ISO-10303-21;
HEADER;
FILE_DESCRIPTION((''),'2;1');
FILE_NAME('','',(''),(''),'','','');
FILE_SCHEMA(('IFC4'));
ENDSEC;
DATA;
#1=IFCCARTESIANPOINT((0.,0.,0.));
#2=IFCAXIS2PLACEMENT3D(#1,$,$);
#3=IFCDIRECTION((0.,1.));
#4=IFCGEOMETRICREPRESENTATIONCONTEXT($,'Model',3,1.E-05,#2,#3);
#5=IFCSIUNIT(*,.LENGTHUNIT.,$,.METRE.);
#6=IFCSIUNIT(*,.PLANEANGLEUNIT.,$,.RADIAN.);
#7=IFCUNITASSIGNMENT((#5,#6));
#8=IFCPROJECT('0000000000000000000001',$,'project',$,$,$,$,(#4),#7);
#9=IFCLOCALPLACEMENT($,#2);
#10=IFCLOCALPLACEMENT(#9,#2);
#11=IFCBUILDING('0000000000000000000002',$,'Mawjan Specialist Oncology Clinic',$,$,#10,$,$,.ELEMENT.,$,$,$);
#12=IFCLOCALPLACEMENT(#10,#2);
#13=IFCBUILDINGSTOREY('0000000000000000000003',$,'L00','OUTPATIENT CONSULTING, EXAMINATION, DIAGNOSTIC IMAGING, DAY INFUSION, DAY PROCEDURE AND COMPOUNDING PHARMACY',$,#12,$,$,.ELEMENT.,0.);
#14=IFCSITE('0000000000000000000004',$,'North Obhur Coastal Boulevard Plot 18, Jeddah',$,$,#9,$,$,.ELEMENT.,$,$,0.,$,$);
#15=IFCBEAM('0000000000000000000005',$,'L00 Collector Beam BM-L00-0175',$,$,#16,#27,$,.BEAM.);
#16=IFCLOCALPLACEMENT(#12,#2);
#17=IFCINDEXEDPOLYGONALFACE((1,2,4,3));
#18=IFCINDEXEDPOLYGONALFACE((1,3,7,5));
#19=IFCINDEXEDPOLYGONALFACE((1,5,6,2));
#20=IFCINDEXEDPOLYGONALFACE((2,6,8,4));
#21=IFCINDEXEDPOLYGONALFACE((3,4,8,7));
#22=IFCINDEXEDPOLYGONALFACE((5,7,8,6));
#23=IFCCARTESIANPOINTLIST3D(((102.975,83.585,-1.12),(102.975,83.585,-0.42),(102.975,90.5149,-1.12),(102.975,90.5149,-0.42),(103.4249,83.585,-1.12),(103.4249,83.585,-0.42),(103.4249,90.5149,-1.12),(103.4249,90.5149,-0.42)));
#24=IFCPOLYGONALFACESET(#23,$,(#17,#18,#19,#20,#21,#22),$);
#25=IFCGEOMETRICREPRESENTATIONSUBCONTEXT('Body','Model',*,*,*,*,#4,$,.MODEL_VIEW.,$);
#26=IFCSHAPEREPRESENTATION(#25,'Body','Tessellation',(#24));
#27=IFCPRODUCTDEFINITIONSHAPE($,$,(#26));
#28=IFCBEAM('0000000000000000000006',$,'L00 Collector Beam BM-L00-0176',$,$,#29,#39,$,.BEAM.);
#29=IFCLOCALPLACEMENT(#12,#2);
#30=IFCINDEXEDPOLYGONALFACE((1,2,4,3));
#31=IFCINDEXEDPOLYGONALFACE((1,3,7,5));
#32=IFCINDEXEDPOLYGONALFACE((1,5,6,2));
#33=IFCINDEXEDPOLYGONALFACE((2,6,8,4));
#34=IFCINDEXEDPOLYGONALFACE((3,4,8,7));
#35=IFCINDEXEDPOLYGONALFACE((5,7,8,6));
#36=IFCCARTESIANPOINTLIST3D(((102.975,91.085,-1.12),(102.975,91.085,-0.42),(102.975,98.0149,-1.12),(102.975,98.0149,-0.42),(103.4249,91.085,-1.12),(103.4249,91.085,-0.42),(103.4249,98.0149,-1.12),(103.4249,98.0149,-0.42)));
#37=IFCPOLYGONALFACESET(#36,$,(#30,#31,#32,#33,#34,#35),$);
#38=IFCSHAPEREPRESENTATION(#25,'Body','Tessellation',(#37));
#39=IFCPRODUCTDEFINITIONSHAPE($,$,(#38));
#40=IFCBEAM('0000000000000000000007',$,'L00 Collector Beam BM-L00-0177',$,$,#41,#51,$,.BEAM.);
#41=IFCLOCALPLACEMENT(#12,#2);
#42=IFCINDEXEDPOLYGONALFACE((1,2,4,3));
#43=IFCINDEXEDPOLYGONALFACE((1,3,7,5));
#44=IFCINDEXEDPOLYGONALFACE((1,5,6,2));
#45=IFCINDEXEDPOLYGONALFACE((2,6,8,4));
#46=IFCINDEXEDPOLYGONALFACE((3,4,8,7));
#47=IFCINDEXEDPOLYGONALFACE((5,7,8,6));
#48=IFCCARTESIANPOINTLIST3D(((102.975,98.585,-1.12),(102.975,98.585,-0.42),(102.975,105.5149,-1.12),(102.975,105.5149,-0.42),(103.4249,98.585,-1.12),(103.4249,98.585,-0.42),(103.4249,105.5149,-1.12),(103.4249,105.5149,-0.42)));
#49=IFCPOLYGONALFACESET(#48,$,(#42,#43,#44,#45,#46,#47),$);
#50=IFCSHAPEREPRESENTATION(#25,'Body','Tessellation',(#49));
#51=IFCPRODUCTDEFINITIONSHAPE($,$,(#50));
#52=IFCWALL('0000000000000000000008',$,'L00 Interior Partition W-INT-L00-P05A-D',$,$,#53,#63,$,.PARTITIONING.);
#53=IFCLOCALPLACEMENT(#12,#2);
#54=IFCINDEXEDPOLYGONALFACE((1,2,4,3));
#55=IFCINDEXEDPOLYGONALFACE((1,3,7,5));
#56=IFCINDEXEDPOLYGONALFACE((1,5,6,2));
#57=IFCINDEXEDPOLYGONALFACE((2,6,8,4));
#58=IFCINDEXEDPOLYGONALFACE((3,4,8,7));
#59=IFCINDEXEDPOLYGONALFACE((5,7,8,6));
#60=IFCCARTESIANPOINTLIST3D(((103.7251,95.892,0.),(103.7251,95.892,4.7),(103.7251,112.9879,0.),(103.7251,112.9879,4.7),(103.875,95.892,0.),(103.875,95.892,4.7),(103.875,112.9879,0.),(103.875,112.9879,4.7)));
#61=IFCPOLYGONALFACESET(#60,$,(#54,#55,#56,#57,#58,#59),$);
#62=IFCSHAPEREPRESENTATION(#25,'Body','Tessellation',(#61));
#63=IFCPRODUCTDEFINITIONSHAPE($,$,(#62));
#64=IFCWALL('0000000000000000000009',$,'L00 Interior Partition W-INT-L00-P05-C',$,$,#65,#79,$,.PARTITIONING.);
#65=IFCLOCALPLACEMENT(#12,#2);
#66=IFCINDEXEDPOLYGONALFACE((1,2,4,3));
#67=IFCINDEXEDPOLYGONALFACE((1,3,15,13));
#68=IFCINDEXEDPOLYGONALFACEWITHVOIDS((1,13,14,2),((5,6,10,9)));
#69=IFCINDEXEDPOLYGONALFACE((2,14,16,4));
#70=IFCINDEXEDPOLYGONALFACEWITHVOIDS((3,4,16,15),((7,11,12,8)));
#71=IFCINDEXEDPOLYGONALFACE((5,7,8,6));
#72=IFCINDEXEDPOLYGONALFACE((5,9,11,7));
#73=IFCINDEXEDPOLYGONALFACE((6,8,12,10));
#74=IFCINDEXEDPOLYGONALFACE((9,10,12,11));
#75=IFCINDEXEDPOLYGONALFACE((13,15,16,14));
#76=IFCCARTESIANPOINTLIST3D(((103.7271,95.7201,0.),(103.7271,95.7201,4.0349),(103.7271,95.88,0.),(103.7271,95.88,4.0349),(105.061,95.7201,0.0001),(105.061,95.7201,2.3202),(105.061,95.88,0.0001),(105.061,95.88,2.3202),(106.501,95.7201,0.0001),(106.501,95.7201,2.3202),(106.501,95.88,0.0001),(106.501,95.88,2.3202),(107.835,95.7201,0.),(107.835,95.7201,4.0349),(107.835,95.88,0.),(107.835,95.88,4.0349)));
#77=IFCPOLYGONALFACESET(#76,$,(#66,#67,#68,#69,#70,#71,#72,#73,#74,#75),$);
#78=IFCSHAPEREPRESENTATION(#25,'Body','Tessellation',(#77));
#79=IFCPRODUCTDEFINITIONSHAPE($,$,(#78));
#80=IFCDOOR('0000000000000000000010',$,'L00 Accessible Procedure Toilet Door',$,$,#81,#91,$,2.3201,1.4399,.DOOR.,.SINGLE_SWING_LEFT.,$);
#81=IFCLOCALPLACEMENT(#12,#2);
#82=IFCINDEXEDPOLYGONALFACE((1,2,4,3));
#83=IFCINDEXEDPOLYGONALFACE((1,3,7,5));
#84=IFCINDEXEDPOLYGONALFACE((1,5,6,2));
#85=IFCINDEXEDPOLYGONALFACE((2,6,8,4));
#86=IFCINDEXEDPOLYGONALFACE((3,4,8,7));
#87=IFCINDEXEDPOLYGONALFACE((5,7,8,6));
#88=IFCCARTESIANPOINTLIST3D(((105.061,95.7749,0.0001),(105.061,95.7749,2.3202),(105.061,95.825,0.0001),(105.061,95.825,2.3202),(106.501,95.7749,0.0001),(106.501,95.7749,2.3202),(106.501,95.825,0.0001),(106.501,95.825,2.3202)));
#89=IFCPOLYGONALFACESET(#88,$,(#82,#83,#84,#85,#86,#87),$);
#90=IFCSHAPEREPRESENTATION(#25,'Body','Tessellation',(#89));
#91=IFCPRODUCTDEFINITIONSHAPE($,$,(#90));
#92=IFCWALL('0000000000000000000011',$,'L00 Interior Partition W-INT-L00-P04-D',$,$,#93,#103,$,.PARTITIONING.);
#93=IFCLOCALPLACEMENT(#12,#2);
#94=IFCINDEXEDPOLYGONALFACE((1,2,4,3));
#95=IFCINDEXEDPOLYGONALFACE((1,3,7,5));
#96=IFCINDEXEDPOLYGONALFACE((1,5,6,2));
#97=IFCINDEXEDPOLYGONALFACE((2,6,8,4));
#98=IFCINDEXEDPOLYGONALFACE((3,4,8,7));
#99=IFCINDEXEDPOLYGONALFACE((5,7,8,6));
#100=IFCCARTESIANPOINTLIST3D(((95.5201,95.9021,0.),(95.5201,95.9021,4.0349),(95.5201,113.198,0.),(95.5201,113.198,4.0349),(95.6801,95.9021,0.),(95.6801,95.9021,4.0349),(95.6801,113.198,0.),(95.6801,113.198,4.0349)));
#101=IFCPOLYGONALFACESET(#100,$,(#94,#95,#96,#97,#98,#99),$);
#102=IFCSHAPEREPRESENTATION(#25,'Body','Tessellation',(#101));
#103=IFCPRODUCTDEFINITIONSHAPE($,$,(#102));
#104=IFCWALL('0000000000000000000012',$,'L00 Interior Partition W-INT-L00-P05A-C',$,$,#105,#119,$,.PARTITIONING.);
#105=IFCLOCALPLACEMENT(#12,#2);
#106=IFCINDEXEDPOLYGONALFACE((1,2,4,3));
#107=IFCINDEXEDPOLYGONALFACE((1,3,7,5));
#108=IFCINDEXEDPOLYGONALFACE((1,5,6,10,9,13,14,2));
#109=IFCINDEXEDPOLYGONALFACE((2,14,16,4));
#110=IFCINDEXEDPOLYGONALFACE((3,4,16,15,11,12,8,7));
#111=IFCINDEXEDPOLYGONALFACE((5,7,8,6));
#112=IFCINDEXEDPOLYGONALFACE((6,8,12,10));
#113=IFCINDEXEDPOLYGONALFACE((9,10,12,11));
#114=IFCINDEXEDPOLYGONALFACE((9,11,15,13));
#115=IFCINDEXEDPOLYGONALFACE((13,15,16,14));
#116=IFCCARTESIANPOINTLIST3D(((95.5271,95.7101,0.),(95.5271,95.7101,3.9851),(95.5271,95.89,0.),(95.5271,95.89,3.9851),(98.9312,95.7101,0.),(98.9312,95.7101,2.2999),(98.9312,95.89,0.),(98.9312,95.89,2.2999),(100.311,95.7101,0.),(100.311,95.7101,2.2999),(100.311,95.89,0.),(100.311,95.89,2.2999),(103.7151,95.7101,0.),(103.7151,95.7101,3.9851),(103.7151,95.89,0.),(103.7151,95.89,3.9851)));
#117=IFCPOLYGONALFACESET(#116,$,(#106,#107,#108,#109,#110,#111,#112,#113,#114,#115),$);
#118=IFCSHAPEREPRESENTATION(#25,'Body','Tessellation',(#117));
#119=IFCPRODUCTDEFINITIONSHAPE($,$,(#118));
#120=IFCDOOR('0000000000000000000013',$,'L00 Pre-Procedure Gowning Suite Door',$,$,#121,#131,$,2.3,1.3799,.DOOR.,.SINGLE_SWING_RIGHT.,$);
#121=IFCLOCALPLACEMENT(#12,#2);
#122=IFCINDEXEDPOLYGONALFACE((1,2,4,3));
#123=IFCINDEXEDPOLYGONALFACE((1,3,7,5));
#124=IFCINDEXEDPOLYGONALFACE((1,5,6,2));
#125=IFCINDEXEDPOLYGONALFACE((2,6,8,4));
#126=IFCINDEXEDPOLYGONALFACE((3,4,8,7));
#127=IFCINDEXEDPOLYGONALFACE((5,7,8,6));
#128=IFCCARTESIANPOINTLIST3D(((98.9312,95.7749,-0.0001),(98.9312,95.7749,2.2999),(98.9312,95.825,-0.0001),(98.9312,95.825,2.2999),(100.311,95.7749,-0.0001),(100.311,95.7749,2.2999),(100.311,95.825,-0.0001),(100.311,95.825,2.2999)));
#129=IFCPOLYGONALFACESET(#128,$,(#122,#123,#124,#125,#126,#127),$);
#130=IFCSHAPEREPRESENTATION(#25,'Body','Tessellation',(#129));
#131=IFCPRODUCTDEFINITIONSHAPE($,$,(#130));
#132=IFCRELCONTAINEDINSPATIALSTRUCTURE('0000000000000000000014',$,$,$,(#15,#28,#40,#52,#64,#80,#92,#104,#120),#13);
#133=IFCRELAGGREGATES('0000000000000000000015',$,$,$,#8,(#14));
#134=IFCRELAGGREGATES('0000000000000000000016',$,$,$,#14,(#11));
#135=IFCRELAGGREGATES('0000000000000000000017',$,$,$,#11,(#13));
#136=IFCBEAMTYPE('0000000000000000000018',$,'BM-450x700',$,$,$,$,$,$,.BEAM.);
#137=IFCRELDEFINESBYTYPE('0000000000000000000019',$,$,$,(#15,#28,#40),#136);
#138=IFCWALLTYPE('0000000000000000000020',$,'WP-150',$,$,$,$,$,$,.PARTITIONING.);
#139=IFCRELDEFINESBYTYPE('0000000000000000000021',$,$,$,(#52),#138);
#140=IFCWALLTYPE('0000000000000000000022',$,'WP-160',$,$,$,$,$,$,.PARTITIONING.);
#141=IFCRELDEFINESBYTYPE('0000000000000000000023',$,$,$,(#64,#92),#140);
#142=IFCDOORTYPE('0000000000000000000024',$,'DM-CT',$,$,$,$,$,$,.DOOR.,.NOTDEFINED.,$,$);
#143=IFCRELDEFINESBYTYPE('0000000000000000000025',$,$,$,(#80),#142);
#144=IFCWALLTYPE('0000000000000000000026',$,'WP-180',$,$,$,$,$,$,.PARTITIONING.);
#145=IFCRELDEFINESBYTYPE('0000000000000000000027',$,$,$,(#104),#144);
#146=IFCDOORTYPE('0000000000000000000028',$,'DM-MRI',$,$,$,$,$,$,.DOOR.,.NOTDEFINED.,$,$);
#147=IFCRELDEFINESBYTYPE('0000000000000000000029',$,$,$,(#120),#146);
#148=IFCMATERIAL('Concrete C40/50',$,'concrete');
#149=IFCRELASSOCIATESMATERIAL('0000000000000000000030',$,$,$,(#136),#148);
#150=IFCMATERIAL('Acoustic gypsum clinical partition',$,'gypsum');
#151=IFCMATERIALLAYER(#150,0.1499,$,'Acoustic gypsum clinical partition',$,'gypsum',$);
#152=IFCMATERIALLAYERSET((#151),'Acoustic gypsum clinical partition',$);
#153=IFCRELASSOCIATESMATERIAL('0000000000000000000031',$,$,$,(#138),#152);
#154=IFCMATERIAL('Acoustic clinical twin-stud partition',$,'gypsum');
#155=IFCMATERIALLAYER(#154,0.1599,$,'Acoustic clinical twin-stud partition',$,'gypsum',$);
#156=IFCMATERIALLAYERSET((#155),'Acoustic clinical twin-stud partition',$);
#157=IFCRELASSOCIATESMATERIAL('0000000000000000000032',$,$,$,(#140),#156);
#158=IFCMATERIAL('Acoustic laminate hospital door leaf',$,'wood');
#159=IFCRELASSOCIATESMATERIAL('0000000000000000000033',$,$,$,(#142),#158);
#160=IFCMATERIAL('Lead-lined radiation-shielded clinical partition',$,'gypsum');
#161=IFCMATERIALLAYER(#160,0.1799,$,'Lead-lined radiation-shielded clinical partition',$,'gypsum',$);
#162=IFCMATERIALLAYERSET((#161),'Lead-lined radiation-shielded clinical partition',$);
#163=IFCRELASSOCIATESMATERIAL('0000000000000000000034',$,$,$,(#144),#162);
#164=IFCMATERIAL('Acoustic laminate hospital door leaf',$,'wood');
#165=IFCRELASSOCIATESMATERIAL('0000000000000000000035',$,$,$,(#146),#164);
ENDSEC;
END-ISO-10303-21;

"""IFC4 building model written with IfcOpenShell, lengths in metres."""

from ifc_helpers import new_model, si_unit, direction, frame, frame_2d, origin, origin_2d, place, context, subcontext, project, spatial, rectangle, extrude, material, layer, layer_set, material_profile, profile_set, type_object, element, fill, save


model = new_model("IFC4")

# Units and contexts
model_context = context("Model", 3, precision=1e-05, world=origin(), true_north=direction((0.0, 1.0)))
body_context = subcontext(model_context, "Body", "Model", "MODEL_VIEW")
ifc_project = project(units=[si_unit("LENGTHUNIT", "METRE"), si_unit("PLANEANGLEUNIT", "RADIAN")], contexts=[model_context])

# Site, building, storey
site_placement = place(None, origin())
site = spatial("IfcSite", under=ifc_project, at=site_placement, Name="North Obhur Coastal Boulevard Plot 18, Jeddah", CompositionType="ELEMENT", RefElevation=0.0)
building_placement = place(site_placement, origin())
building = spatial("IfcBuilding", under=site, at=building_placement, Name="Mawjan Specialist Oncology Clinic", CompositionType="ELEMENT")
storey_placement = place(building_placement, origin())
storey = spatial("IfcBuildingStorey", under=building, at=storey_placement, Name="L00", Description="OUTPATIENT CONSULTING, EXAMINATION, DIAGNOSTIC IMAGING, DAY INFUSION, DAY PROCEDURE AND COMPOUNDING PHARMACY", CompositionType="ELEMENT", Elevation=0.0)

# Beams
ifc_material_1 = material(Name="Concrete C40/50", Category="concrete")
ifc_material_profile_1 = material_profile(ifc_material_1, rectangle(XDim=0.45, YDim=0.7, at=origin_2d()), Name="RC BM 450x700", Category="concrete")
ifc_profile_set_1 = profile_set([ifc_material_profile_1], Name="Concrete C40/50")
beam_type_1 = type_object("IfcBeamType", Name="BM-450x700", PredefinedType="BEAM", material=ifc_profile_set_1)
for number, where, z_axis, x_axis, name in (
    (1, (103.2, 83.585, -0.77), (0.0, 1.0, 0.0), (-1.0, 0.0, 0.0), "L00 Collector Beam BM-L00-0175"),
    (2, (103.2, 91.085, -0.77), (0.0, 1.0, 0.0), (-1.0, 0.0, 0.0), "L00 Collector Beam BM-L00-0176"),
    (3, (103.2, 98.585, -0.77), (0.0, 1.0, 0.0), (-1.0, 0.0, 0.0), "L00 Collector Beam BM-L00-0177"),
):
    element("IfcBeam", number, at=place(storey_placement, frame(where, z_axis=z_axis, x_axis=x_axis)), inside=storey, type_object=beam_type_1, Name=name, PredefinedType="BEAM", context=body_context, shape_type="SweptSolid", body=[
        extrude(rectangle(XDim=0.45, YDim=0.7, at=origin_2d()), origin(), (0.0, 0.0, 1.0), 6.9299),
    ])

# Wall
ifc_material_2 = material(Name="Acoustic gypsum clinical partition", Category="gypsum")
ifc_layer_1 = layer(ifc_material_2, 0.1499, Name="Acoustic gypsum clinical partition", Category="gypsum")
ifc_layer_set_1 = layer_set([ifc_layer_1], Name="Acoustic gypsum clinical partition")
wall_type_1 = type_object("IfcWallType", Name="WP-150", PredefinedType="PARTITIONING", material=ifc_layer_set_1)
wall_1_placement = place(storey_placement, frame((103.8, 95.8921, 0.0), z_axis=(0.0, 0.0, 1.0), x_axis=(0.0, 1.0, 0.0)))
element("IfcWall", 4, at=wall_1_placement, inside=storey, type_object=wall_type_1, Name="L00 Interior Partition W-INT-L00-P05A-D", PredefinedType="PARTITIONING", context=body_context, shape_type="SweptSolid", body=[
    extrude(rectangle(XDim=17.0959, YDim=0.1499, at=frame_2d((8.5479, 0.0))), origin(), (0.0, 0.0, 1.0), 4.7),
])

# Wall, opening, door
ifc_material_3 = material(Name="Acoustic clinical twin-stud partition", Category="gypsum")
ifc_layer_2 = layer(ifc_material_3, 0.1599, Name="Acoustic clinical twin-stud partition", Category="gypsum")
ifc_layer_set_2 = layer_set([ifc_layer_2], Name="Acoustic clinical twin-stud partition")
wall_type_2 = type_object("IfcWallType", Name="WP-160", PredefinedType="PARTITIONING", material=ifc_layer_set_2)
wall_2_placement = place(storey_placement, frame((103.7271, 95.8, 0.0), z_axis=(0.0, 0.0, 1.0), x_axis=(1.0, 0.0, 0.0)))
wall_2 = element("IfcWall", 5, at=wall_2_placement, inside=storey, type_object=wall_type_2, Name="L00 Interior Partition W-INT-L00-P05-C", PredefinedType="PARTITIONING", context=body_context, shape_type="SweptSolid", body=[
    extrude(rectangle(XDim=4.1079, YDim=0.1599, at=frame_2d((2.054, 0.0))), origin(), (0.0, 0.0, 1.0), 4.0349),
])
opening_1_placement = place(wall_2_placement, frame((1.334, 0.0, 0.0)))
opening_1 = element("IfcOpeningElement", 6, at=opening_1_placement, cuts=wall_2, PredefinedType="OPENING", context=body_context, shape_type="SweptSolid", body=[
    extrude(rectangle(XDim=1.4399, YDim=2.3201, at=frame_2d((0.72, 1.1602))), frame((0.0, 0.092, 0.0), z_axis=(0.0, -1.0, 0.0), x_axis=(1.0, 0.0, 0.0)), (0.0, 0.0, 1.0), 0.1838),
])
ifc_material_4 = material(Name="Acoustic laminate hospital door leaf", Category="wood")
door_type_1 = type_object("IfcDoorType", Name="DM-CT", OperationType="NOTDEFINED", PredefinedType="DOOR", material=ifc_material_4)
door_1_placement = place(opening_1_placement, origin())
door_1 = element("IfcDoor", 7, at=door_1_placement, inside=storey, type_object=door_type_1, Name="L00 Accessible Procedure Toilet Door", OperationType="SINGLE_SWING_LEFT", OverallHeight=2.3201, OverallWidth=1.4399, PredefinedType="DOOR", context=body_context, shape_type="SweptSolid", body=[
    extrude(rectangle(XDim=1.4399, YDim=2.3201, at=frame_2d((0.72, 1.1602))), frame((0.0, 0.0249, 0.0), z_axis=(0.0, -1.0, 0.0), x_axis=(1.0, 0.0, 0.0)), (0.0, 0.0, 1.0), 0.05),
])
fill(opening_1, door_1)

# Wall
wall_3_placement = place(storey_placement, frame((95.6001, 95.9021, 0.0), z_axis=(0.0, 0.0, 1.0), x_axis=(0.0, 1.0, 0.0)))
element("IfcWall", 8, at=wall_3_placement, inside=storey, type_object=wall_type_2, Name="L00 Interior Partition W-INT-L00-P04-D", PredefinedType="PARTITIONING", context=body_context, shape_type="SweptSolid", body=[
    extrude(rectangle(XDim=17.2959, YDim=0.1599, at=frame_2d((8.6479, 0.0))), origin(), (0.0, 0.0, 1.0), 4.0349),
])

# Wall, opening, door
ifc_material_5 = material(Name="Lead-lined radiation-shielded clinical partition", Category="gypsum")
ifc_layer_3 = layer(ifc_material_5, 0.1799, Name="Lead-lined radiation-shielded clinical partition", Category="gypsum")
ifc_layer_set_3 = layer_set([ifc_layer_3], Name="Lead-lined radiation-shielded clinical partition")
wall_type_3 = type_object("IfcWallType", Name="WP-180", PredefinedType="PARTITIONING", material=ifc_layer_set_3)
wall_4_placement = place(storey_placement, frame((95.5271, 95.8, 0.0), z_axis=(0.0, 0.0, 1.0), x_axis=(1.0, 0.0, 0.0)))
wall_4 = element("IfcWall", 9, at=wall_4_placement, inside=storey, type_object=wall_type_3, Name="L00 Interior Partition W-INT-L00-P05A-C", PredefinedType="PARTITIONING", context=body_context, shape_type="SweptSolid", body=[
    extrude(rectangle(XDim=8.188, YDim=0.1799, at=frame_2d((4.094, 0.0))), origin(), (0.0, 0.0, 1.0), 3.9851),
])
opening_2_placement = place(wall_4_placement, frame((3.4041, 0.0, 0.0)))
opening_2 = element("IfcOpeningElement", 10, at=opening_2_placement, cuts=wall_4, PredefinedType="OPENING", context=body_context, shape_type="SweptSolid", body=[
    extrude(rectangle(XDim=1.3799, YDim=2.3, at=frame_2d((0.6899, 1.1499))), frame((0.0, 0.1021, 0.0), z_axis=(0.0, -1.0, 0.0), x_axis=(1.0, 0.0, 0.0)), (0.0, 0.0, 1.0), 0.2039),
])
ifc_material_6 = material(Name="Acoustic laminate hospital door leaf", Category="wood")
door_type_2 = type_object("IfcDoorType", Name="DM-MRI", OperationType="NOTDEFINED", PredefinedType="DOOR", material=ifc_material_6)
door_2_placement = place(opening_2_placement, origin())
door_2 = element("IfcDoor", 11, at=door_2_placement, inside=storey, type_object=door_type_2, Name="L00 Pre-Procedure Gowning Suite Door", OperationType="SINGLE_SWING_RIGHT", OverallHeight=2.3, OverallWidth=1.3799, PredefinedType="DOOR", context=body_context, shape_type="SweptSolid", body=[
    extrude(rectangle(XDim=1.3799, YDim=2.3, at=frame_2d((0.6899, 1.1499))), frame((0.0, 0.0249, 0.0), z_axis=(0.0, -1.0, 0.0), x_axis=(1.0, 0.0, 0.0)), (0.0, 0.0, 1.0), 0.05),
])
fill(opening_2, door_2)

save(model, "model.ifc")
